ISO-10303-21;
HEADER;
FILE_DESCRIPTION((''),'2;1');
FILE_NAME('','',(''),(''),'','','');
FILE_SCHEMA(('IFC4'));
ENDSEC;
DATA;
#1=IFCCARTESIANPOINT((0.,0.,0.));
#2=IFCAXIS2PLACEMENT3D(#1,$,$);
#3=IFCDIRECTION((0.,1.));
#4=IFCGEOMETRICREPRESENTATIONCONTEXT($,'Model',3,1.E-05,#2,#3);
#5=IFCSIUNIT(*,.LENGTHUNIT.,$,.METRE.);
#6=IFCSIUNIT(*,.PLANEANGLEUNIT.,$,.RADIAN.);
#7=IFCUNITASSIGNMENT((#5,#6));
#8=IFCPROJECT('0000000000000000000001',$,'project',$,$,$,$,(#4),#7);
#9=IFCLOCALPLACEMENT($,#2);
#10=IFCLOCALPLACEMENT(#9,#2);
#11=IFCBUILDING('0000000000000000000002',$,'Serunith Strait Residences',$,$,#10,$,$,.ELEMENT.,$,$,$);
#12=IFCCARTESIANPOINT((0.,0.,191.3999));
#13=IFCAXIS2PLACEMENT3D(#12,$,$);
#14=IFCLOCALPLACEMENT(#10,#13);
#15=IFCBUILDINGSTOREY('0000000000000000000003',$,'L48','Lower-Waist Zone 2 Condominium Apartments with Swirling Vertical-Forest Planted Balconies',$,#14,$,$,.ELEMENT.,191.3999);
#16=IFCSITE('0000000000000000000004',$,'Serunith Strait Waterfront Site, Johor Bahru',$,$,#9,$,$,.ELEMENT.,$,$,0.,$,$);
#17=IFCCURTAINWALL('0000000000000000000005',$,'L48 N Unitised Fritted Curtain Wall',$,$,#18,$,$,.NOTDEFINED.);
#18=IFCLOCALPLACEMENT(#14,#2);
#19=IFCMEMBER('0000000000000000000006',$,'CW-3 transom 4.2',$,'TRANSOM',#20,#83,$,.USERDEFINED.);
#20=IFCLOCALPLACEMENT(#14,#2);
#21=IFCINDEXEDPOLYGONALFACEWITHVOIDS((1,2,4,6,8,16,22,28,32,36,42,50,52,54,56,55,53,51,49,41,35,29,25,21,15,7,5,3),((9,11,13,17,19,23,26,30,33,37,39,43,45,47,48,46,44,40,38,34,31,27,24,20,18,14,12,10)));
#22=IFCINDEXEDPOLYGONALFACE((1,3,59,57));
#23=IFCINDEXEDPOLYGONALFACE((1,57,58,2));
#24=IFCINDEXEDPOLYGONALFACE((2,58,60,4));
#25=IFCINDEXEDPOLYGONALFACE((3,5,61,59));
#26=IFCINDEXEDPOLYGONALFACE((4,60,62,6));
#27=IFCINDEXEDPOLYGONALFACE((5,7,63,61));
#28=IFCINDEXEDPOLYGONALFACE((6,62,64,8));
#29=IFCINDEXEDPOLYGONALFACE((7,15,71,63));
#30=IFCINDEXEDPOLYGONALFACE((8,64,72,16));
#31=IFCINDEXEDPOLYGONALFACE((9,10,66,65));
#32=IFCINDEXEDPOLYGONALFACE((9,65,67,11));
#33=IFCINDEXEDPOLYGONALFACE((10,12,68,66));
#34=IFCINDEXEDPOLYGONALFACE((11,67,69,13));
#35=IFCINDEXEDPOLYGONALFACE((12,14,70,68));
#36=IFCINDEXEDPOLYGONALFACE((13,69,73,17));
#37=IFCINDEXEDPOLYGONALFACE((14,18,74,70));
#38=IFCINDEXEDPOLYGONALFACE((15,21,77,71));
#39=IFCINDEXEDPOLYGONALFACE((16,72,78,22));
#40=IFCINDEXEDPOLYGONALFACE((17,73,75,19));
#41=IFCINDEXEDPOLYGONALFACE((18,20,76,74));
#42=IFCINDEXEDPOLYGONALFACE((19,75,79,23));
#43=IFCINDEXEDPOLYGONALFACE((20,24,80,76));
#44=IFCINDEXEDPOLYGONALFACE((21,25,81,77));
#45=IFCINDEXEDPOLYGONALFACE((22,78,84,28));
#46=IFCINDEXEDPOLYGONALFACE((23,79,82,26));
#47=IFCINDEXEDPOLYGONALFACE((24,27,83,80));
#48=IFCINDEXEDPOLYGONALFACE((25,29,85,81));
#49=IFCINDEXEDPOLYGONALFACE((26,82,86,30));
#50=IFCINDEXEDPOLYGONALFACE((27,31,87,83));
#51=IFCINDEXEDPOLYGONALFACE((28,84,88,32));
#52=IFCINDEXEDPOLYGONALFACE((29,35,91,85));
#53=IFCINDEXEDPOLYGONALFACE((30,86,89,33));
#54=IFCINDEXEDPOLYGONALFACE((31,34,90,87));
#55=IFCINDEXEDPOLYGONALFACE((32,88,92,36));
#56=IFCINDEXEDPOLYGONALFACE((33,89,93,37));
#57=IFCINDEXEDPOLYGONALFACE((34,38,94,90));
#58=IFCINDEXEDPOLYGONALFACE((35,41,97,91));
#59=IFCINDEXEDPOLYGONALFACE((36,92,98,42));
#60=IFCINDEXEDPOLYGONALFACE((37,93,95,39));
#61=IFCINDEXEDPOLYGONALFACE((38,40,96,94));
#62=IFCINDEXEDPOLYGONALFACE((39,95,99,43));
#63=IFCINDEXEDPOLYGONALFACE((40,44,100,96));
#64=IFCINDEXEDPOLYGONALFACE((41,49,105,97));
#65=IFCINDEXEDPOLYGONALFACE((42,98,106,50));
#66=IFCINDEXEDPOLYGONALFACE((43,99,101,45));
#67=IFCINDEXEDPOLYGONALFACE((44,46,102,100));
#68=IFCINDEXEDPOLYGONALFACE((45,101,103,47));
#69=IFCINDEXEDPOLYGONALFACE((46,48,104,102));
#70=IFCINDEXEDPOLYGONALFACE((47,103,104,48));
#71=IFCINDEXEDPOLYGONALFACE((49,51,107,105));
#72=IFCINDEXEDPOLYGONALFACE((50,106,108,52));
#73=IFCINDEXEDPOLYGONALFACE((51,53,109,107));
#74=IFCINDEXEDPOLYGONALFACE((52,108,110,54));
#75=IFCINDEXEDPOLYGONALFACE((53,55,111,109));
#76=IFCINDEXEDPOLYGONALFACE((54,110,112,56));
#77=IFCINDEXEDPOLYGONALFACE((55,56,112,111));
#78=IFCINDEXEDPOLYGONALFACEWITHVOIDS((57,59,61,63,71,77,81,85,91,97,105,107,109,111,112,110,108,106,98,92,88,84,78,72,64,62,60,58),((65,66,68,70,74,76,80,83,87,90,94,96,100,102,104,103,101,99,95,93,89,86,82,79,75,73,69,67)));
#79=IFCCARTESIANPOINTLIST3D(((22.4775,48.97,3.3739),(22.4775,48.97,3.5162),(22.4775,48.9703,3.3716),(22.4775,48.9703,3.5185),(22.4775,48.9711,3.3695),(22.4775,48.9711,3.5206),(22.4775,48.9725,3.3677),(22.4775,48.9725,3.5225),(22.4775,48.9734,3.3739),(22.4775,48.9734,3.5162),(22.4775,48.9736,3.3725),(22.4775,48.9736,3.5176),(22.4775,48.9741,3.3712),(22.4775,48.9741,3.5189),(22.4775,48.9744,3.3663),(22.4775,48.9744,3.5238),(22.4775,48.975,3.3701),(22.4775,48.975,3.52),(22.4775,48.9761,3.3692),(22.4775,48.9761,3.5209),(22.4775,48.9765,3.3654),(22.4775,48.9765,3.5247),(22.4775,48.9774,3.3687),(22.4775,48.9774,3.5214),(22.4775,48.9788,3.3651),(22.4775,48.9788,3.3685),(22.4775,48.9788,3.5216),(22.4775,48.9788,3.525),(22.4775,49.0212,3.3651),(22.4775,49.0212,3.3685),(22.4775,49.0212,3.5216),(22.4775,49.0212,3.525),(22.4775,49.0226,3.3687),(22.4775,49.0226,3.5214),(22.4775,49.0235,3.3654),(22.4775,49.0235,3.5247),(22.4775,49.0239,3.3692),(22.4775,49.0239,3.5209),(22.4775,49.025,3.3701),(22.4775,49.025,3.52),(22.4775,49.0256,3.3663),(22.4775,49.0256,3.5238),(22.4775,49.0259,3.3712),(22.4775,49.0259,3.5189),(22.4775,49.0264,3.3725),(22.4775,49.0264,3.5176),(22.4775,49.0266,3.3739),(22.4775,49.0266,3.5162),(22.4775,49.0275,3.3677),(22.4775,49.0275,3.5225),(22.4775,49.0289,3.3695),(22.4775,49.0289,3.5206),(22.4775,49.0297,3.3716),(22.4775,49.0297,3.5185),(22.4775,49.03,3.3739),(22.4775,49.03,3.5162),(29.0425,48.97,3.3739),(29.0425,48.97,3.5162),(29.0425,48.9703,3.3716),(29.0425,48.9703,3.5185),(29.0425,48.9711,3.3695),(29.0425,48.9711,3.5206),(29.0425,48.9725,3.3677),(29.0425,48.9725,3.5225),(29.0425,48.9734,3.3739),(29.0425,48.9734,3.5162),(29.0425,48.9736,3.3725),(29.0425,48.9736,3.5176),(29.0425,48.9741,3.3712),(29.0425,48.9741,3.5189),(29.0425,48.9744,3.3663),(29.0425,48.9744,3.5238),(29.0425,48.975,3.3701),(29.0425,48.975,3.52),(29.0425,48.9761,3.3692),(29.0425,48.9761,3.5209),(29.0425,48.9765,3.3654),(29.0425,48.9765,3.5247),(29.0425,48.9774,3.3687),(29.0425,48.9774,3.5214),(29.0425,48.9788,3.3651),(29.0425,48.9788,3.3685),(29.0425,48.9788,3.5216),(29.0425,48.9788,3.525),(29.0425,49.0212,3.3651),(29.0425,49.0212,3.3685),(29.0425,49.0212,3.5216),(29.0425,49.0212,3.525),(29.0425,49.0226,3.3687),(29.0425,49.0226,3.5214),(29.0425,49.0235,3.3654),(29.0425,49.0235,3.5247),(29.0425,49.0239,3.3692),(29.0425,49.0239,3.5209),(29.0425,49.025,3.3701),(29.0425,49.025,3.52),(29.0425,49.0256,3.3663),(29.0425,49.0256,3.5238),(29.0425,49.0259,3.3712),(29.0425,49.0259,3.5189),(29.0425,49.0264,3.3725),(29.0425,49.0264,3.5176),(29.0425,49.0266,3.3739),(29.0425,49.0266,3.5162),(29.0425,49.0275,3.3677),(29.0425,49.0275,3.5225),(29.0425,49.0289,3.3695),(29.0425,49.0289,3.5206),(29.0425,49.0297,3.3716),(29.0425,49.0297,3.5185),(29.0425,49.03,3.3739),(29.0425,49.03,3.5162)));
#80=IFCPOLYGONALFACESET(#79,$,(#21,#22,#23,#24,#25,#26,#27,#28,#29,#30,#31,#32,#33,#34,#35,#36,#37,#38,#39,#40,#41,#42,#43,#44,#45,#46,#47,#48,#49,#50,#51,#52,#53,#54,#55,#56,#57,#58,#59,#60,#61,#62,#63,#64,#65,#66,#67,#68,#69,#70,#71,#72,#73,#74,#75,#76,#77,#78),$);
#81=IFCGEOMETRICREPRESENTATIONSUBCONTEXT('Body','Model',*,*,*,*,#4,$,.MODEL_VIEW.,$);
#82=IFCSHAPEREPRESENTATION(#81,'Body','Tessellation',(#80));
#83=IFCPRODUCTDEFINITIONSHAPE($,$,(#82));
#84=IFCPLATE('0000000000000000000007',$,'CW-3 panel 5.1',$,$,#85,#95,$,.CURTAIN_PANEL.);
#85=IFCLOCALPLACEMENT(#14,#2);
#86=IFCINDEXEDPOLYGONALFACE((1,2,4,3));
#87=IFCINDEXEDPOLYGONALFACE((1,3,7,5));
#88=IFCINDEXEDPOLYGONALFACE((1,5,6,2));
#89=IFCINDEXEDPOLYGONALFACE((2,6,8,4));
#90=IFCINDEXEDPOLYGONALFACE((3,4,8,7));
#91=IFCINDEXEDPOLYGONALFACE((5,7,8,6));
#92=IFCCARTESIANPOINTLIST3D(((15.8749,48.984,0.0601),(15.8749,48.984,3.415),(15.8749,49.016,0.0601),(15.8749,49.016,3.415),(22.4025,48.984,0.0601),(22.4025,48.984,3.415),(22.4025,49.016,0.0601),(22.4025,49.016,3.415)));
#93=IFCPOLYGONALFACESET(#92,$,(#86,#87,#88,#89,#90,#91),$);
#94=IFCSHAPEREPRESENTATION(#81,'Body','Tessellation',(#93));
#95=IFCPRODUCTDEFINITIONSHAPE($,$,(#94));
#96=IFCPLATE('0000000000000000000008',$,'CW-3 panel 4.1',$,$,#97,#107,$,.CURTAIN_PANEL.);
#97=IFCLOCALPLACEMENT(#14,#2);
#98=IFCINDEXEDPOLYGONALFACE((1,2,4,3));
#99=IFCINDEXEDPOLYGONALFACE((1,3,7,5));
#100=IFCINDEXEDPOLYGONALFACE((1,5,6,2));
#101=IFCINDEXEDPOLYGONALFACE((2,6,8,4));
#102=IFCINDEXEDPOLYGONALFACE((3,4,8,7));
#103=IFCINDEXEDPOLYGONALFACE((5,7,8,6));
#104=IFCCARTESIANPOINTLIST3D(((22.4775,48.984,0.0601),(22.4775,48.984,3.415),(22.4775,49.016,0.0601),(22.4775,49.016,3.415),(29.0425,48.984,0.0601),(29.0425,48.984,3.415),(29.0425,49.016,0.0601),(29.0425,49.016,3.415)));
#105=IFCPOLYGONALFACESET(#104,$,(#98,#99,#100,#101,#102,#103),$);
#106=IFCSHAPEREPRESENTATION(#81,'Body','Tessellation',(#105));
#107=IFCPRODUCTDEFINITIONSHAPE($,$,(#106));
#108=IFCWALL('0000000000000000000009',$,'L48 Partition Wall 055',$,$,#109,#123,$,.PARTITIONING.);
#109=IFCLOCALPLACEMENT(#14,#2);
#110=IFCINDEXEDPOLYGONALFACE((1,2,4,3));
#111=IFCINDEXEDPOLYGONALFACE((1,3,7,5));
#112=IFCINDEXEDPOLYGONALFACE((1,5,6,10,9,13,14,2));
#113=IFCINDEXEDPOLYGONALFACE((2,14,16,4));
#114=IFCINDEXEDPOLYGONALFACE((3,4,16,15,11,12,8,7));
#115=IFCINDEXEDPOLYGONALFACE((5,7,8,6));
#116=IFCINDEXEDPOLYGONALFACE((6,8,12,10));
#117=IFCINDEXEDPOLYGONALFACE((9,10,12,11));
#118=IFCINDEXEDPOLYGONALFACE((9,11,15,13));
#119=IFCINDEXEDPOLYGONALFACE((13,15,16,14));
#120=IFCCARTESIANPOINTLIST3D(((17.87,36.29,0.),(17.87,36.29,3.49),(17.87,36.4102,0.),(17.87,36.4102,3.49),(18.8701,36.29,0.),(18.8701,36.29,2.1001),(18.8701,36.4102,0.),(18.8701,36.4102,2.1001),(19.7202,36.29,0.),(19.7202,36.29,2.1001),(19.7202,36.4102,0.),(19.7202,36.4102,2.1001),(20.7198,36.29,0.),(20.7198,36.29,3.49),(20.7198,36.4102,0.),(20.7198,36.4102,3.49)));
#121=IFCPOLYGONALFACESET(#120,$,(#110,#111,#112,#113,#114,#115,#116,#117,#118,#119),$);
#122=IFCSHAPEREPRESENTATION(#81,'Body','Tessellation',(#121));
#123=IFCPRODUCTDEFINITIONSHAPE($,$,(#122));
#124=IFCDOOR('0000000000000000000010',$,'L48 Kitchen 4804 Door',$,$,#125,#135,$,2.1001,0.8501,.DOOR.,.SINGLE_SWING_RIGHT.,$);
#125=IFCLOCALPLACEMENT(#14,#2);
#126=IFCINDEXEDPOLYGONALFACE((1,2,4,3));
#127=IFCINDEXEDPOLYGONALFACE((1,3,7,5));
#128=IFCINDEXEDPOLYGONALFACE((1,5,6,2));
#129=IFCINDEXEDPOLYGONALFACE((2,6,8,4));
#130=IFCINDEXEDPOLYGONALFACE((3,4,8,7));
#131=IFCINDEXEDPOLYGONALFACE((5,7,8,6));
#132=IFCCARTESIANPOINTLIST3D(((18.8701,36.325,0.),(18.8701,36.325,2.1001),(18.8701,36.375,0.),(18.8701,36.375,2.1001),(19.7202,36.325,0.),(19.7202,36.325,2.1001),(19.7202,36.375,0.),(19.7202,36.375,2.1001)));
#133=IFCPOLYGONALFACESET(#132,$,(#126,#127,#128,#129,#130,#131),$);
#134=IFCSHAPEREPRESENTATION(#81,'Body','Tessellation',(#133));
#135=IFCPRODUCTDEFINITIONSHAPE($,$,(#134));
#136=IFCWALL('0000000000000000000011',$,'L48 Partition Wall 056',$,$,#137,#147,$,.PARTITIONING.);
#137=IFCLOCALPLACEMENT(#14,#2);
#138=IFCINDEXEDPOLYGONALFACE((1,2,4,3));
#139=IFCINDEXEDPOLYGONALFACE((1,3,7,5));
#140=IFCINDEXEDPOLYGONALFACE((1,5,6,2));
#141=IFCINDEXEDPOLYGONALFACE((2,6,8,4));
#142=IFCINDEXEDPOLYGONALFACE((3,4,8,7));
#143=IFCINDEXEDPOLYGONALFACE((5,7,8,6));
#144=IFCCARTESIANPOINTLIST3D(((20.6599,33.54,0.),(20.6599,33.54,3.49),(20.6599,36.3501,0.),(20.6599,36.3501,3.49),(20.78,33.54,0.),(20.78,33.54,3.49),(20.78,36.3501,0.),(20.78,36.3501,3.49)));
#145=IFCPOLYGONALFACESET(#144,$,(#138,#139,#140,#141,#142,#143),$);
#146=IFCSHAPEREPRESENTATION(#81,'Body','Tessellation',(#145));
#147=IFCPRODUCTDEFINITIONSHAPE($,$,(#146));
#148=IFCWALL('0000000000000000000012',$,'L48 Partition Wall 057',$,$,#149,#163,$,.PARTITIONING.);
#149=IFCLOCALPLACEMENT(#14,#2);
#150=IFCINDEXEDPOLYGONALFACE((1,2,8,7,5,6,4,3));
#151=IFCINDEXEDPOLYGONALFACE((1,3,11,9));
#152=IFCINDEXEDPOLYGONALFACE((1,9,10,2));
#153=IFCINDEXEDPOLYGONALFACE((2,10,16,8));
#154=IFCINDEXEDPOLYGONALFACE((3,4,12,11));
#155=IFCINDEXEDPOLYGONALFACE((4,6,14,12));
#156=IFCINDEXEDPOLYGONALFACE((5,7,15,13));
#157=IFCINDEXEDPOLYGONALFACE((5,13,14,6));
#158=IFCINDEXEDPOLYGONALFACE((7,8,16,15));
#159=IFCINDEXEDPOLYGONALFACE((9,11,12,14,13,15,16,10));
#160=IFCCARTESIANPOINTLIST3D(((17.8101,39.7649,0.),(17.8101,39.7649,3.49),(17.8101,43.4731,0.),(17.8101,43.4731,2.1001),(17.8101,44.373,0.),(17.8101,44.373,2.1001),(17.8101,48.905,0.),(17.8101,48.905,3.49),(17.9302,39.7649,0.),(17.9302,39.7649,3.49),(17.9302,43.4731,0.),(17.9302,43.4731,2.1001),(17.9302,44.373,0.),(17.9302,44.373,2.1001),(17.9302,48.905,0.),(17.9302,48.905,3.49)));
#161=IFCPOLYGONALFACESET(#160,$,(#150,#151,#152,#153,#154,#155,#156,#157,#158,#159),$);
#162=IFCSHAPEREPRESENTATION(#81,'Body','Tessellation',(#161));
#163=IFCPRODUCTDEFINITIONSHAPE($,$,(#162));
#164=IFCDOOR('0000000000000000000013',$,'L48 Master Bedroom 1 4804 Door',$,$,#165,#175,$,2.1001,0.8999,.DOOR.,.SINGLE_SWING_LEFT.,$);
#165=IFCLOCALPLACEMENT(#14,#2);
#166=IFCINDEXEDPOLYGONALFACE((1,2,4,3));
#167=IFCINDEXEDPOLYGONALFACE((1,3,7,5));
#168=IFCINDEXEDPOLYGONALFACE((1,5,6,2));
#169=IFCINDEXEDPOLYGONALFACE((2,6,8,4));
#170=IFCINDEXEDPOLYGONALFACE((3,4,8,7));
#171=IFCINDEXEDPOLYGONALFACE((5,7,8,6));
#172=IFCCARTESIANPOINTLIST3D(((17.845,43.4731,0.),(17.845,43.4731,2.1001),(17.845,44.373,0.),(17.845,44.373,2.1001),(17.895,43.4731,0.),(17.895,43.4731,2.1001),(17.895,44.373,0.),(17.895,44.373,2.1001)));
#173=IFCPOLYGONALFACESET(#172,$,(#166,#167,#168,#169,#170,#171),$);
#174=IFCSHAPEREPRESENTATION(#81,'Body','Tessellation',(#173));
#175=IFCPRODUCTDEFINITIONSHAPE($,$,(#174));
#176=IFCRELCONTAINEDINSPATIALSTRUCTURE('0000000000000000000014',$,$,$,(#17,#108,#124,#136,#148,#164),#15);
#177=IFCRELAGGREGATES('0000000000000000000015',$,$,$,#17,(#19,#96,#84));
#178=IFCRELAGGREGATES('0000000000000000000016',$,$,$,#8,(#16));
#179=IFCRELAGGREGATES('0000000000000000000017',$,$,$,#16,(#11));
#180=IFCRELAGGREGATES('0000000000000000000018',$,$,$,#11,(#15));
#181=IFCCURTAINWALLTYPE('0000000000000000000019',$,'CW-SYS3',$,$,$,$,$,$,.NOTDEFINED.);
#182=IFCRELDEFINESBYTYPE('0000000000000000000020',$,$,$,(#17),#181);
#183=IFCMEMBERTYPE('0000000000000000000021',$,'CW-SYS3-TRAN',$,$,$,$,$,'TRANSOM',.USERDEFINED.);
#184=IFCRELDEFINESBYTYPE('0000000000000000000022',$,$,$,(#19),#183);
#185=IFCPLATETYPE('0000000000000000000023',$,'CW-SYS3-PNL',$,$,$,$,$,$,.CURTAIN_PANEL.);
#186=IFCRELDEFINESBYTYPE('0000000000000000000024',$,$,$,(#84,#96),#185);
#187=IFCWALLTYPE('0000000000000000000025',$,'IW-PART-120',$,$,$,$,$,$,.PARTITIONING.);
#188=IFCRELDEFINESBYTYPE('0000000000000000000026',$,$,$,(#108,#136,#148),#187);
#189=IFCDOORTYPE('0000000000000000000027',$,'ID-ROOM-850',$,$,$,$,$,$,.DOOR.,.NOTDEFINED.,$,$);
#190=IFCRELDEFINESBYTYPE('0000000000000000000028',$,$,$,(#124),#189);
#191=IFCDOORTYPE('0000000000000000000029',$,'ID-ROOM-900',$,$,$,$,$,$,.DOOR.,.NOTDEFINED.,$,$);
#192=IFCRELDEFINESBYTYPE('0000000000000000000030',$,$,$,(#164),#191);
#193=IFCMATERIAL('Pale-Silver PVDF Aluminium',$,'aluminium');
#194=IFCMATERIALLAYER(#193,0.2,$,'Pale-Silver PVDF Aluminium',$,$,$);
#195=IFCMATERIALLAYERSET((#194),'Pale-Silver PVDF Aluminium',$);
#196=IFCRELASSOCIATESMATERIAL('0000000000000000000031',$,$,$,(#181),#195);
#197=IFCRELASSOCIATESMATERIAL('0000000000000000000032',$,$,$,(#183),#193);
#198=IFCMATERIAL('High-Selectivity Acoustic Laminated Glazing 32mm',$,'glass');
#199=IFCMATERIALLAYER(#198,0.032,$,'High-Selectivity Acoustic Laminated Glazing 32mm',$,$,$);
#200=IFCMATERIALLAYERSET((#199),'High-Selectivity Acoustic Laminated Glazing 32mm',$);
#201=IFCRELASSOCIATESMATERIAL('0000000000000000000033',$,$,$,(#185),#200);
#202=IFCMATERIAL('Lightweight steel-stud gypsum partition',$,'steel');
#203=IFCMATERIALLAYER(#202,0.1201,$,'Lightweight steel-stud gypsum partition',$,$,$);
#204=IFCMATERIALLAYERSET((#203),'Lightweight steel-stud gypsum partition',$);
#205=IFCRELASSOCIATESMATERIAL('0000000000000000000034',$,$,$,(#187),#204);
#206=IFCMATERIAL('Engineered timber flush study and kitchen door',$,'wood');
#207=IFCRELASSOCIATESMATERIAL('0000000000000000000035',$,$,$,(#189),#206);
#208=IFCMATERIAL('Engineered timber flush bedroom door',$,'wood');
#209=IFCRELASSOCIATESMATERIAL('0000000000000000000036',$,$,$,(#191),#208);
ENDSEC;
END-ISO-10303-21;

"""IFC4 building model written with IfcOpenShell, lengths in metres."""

from ifc_helpers import new_model, si_unit, direction, frame, frame_2d, origin, origin_2d, place, context, subcontext, project, spatial, rectangle, hollow_rectangle, extrude, source, transform, mapped, material, layer, layer_set, material_profile, profile_set, type_object, element, fill, aggregate, save


model = new_model("IFC4")

# Units and contexts
model_context = context("Model", 3, precision=1e-05, world=origin(), true_north=direction((0.0, 1.0)))
body_context = subcontext(model_context, "Body", "Model", "MODEL_VIEW")
ifc_project = project(units=[si_unit("LENGTHUNIT", "METRE"), si_unit("PLANEANGLEUNIT", "RADIAN")], contexts=[model_context])

# Site, building, storey
site_placement = place(None, origin())
site = spatial("IfcSite", under=ifc_project, at=site_placement, Name="Serunith Strait Waterfront Site, Johor Bahru", CompositionType="ELEMENT", RefElevation=0.0)
building_placement = place(site_placement, origin())
building = spatial("IfcBuilding", under=site, at=building_placement, Name="Serunith Strait Residences", CompositionType="ELEMENT")
storey_placement = place(building_placement, frame((0.0, 0.0, 191.3999)))
storey = spatial("IfcBuildingStorey", under=building, at=storey_placement, Name="L48", Description="Lower-Waist Zone 2 Condominium Apartments with Swirling Vertical-Forest Planted Balconies", CompositionType="ELEMENT", Elevation=191.3999)

# Curtain wall, member, plates
ifc_material_1 = material(Name="Pale-Silver PVDF Aluminium", Category="aluminium")
ifc_layer_1 = layer(ifc_material_1, 0.2, Name="Pale-Silver PVDF Aluminium")
ifc_layer_set_1 = layer_set([ifc_layer_1], Name="Pale-Silver PVDF Aluminium")
curtain_wall_type = type_object("IfcCurtainWallType", Name="CW-SYS3", PredefinedType="NOTDEFINED", material=ifc_layer_set_1)
curtain_wall_placement = place(storey_placement, origin())
curtain_wall = element("IfcCurtainWall", 1, at=curtain_wall_placement, inside=storey, type_object=curtain_wall_type, Name="L48 N Unitised Fritted Curtain Wall", PredefinedType="NOTDEFINED")
ifc_material_profile_1 = material_profile(ifc_material_1, hollow_rectangle(XDim=0.0601, YDim=0.1599, WallThickness=0.0034, InnerFilletRadius=0.0054, OuterFilletRadius=0.0088, at=origin_2d()), Name="ALU 160x60x3.5")
ifc_profile_set_1 = profile_set([ifc_material_profile_1], Name="Pale-Silver PVDF Aluminium")
member_type_1 = type_object("IfcMemberType", Name="CW-SYS3-TRAN", ElementType="TRANSOM", PredefinedType="USERDEFINED", material=ifc_profile_set_1)
shared_shape_1 = source(origin(), body_context, "Body", "SweptSolid", [
    extrude(hollow_rectangle(XDim=0.0601, YDim=0.1599, WallThickness=0.0034, InnerFilletRadius=0.0054, OuterFilletRadius=0.0088, at=origin_2d()), origin(), (0.0, 0.0, 1.0), 6.5649),
])
member_1_placement = place(storey_placement, frame((29.0425, 49.0, 3.4451), z_axis=(-1.0, 0.0, 0.0), x_axis=(0.0, -1.0, 0.0)))
member_1 = element("IfcMember", 2, at=member_1_placement, type_object=member_type_1, Name="CW-3 transom 4.2", ObjectType="TRANSOM", PredefinedType="USERDEFINED", context=body_context, shape_type="MappedRepresentation", body=[
    mapped(shared_shape_1, transform((0.0, 0.0, 0.0), scale=1.0)),
])
ifc_material_2 = material(Name="High-Selectivity Acoustic Laminated Glazing 32mm", Category="glass")
ifc_layer_2 = layer(ifc_material_2, 0.032, Name="High-Selectivity Acoustic Laminated Glazing 32mm")
ifc_layer_set_2 = layer_set([ifc_layer_2], Name="High-Selectivity Acoustic Laminated Glazing 32mm")
plate_type = type_object("IfcPlateType", Name="CW-SYS3-PNL", PredefinedType="CURTAIN_PANEL", material=ifc_layer_set_2)
shared_shape_2 = source(origin(), body_context, "Body", "SweptSolid", [
    extrude(rectangle(XDim=6.5276, YDim=0.032, at=origin_2d()), origin(), (0.0, 0.0, 1.0), 3.355),
])
plate_1_placement = place(storey_placement, frame((19.1387, 49.0, 0.0601), z_axis=(0.0, 0.0, 1.0), x_axis=(-1.0, 0.0, 0.0)))
plate_1 = element("IfcPlate", 3, at=plate_1_placement, type_object=plate_type, Name="CW-3 panel 5.1", PredefinedType="CURTAIN_PANEL", context=body_context, shape_type="MappedRepresentation", body=[
    mapped(shared_shape_2, transform((0.0, 0.0, 0.0), scale=1.0)),
])
shared_shape_3 = source(origin(), body_context, "Body", "SweptSolid", [
    extrude(rectangle(XDim=6.5649, YDim=0.032, at=origin_2d()), origin(), (0.0, 0.0, 1.0), 3.355),
])
plate_2_placement = place(storey_placement, frame((25.76, 49.0, 0.0601), z_axis=(0.0, 0.0, 1.0), x_axis=(-1.0, 0.0, 0.0)))
plate_2 = element("IfcPlate", 4, at=plate_2_placement, type_object=plate_type, Name="CW-3 panel 4.1", PredefinedType="CURTAIN_PANEL", context=body_context, shape_type="MappedRepresentation", body=[
    mapped(shared_shape_3, transform((0.0, 0.0, 0.0), scale=1.0)),
])
aggregate(curtain_wall, [member_1, plate_2, plate_1])

# Wall, opening, door
ifc_material_3 = material(Name="Lightweight steel-stud gypsum partition", Category="steel")
ifc_layer_3 = layer(ifc_material_3, 0.1201, Name="Lightweight steel-stud gypsum partition")
ifc_layer_set_3 = layer_set([ifc_layer_3], Name="Lightweight steel-stud gypsum partition")
wall_type = type_object("IfcWallType", Name="IW-PART-120", PredefinedType="PARTITIONING", material=ifc_layer_set_3)
wall_1_placement = place(storey_placement, frame((17.8701, 36.3501, 0.0), z_axis=(0.0, 0.0, 1.0), x_axis=(1.0, 0.0, 0.0)))
wall_1 = element("IfcWall", 5, at=wall_1_placement, inside=storey, type_object=wall_type, Name="L48 Partition Wall 055", PredefinedType="PARTITIONING", context=body_context, shape_type="SweptSolid", body=[
    extrude(rectangle(XDim=2.8499, YDim=0.1201, at=frame_2d((1.4248, 0.0))), origin(), (0.0, 0.0, 1.0), 3.49),
])
opening_1_placement = place(wall_1_placement, frame((1.0, 0.0, 0.0)))
opening_1 = element("IfcOpeningElement", 6, at=opening_1_placement, cuts=wall_1, PredefinedType="OPENING", context=body_context, shape_type="SweptSolid", body=[
    extrude(rectangle(XDim=0.8501, YDim=2.1001, at=frame_2d((0.425, 1.05))), frame((0.0, 0.0701, 0.0), z_axis=(0.0, -1.0, 0.0), x_axis=(1.0, 0.0, 0.0)), (0.0, 0.0, 1.0), 0.1401),
])
ifc_material_4 = material(Name="Engineered timber flush study and kitchen door", Category="wood")
door_type_1 = type_object("IfcDoorType", Name="ID-ROOM-850", OperationType="NOTDEFINED", PredefinedType="DOOR", material=ifc_material_4)
shared_shape_4 = source(origin(), body_context, "Body", "SweptSolid", [
    extrude(rectangle(XDim=0.8501, YDim=2.1001, at=frame_2d((0.425, 1.05))), frame((0.0, 0.0249, 0.0), z_axis=(0.0, -1.0, 0.0), x_axis=(1.0, 0.0, 0.0)), (0.0, 0.0, 1.0), 0.05),
])
door_1_placement = place(opening_1_placement, origin())
door_1 = element("IfcDoor", 7, at=door_1_placement, inside=storey, type_object=door_type_1, Name="L48 Kitchen 4804 Door", OperationType="SINGLE_SWING_RIGHT", OverallHeight=2.1001, OverallWidth=0.8501, PredefinedType="DOOR", context=body_context, shape_type="MappedRepresentation", body=[
    mapped(shared_shape_4, transform((0.0, 0.0, 0.0), scale=1.0)),
])
fill(opening_1, door_1)

# Wall
wall_2_placement = place(storey_placement, frame((20.72, 36.3501, 0.0), z_axis=(0.0, 0.0, 1.0), x_axis=(0.0, -1.0, 0.0)))
element("IfcWall", 8, at=wall_2_placement, inside=storey, type_object=wall_type, Name="L48 Partition Wall 056", PredefinedType="PARTITIONING", context=body_context, shape_type="SweptSolid", body=[
    extrude(rectangle(XDim=2.8101, YDim=0.1201, at=frame_2d((1.405, 0.0))), origin(), (0.0, 0.0, 1.0), 3.49),
])

# Wall, opening, door
wall_3_placement = place(storey_placement, frame((17.8701, 48.905, 0.0), z_axis=(0.0, 0.0, 1.0), x_axis=(0.0, -1.0, 0.0)))
wall_3 = element("IfcWall", 9, at=wall_3_placement, inside=storey, type_object=wall_type, Name="L48 Partition Wall 057", PredefinedType="PARTITIONING", context=body_context, shape_type="SweptSolid", body=[
    extrude(rectangle(XDim=9.1401, YDim=0.1201, at=frame_2d((4.5701, 0.0))), origin(), (0.0, 0.0, 1.0), 3.49),
])
opening_2_placement = place(wall_3_placement, frame((4.532, 0.0, 0.0)))
opening_2 = element("IfcOpeningElement", 10, at=opening_2_placement, cuts=wall_3, PredefinedType="OPENING", context=body_context, shape_type="SweptSolid", body=[
    extrude(rectangle(XDim=0.8999, YDim=2.1001, at=frame_2d((0.45, 1.05))), frame((0.0, 0.0701, 0.0), z_axis=(0.0, -1.0, 0.0), x_axis=(1.0, 0.0, 0.0)), (0.0, 0.0, 1.0), 0.1401),
])
ifc_material_5 = material(Name="Engineered timber flush bedroom door", Category="wood")
door_type_2 = type_object("IfcDoorType", Name="ID-ROOM-900", OperationType="NOTDEFINED", PredefinedType="DOOR", material=ifc_material_5)
shared_shape_5 = source(origin(), body_context, "Body", "SweptSolid", [
    extrude(rectangle(XDim=0.8999, YDim=2.1001, at=frame_2d((0.45, 1.05))), frame((0.0, 0.0249, 0.0), z_axis=(0.0, -1.0, 0.0), x_axis=(1.0, 0.0, 0.0)), (0.0, 0.0, 1.0), 0.05),
])
door_2_placement = place(opening_2_placement, origin())
door_2 = element("IfcDoor", 11, at=door_2_placement, inside=storey, type_object=door_type_2, Name="L48 Master Bedroom 1 4804 Door", OperationType="SINGLE_SWING_LEFT", OverallHeight=2.1001, OverallWidth=0.8999, PredefinedType="DOOR", context=body_context, shape_type="MappedRepresentation", body=[
    mapped(shared_shape_5, transform((0.0, 0.0, 0.0), scale=1.0)),
])
fill(opening_2, door_2)

save(model, "model.ifc")
